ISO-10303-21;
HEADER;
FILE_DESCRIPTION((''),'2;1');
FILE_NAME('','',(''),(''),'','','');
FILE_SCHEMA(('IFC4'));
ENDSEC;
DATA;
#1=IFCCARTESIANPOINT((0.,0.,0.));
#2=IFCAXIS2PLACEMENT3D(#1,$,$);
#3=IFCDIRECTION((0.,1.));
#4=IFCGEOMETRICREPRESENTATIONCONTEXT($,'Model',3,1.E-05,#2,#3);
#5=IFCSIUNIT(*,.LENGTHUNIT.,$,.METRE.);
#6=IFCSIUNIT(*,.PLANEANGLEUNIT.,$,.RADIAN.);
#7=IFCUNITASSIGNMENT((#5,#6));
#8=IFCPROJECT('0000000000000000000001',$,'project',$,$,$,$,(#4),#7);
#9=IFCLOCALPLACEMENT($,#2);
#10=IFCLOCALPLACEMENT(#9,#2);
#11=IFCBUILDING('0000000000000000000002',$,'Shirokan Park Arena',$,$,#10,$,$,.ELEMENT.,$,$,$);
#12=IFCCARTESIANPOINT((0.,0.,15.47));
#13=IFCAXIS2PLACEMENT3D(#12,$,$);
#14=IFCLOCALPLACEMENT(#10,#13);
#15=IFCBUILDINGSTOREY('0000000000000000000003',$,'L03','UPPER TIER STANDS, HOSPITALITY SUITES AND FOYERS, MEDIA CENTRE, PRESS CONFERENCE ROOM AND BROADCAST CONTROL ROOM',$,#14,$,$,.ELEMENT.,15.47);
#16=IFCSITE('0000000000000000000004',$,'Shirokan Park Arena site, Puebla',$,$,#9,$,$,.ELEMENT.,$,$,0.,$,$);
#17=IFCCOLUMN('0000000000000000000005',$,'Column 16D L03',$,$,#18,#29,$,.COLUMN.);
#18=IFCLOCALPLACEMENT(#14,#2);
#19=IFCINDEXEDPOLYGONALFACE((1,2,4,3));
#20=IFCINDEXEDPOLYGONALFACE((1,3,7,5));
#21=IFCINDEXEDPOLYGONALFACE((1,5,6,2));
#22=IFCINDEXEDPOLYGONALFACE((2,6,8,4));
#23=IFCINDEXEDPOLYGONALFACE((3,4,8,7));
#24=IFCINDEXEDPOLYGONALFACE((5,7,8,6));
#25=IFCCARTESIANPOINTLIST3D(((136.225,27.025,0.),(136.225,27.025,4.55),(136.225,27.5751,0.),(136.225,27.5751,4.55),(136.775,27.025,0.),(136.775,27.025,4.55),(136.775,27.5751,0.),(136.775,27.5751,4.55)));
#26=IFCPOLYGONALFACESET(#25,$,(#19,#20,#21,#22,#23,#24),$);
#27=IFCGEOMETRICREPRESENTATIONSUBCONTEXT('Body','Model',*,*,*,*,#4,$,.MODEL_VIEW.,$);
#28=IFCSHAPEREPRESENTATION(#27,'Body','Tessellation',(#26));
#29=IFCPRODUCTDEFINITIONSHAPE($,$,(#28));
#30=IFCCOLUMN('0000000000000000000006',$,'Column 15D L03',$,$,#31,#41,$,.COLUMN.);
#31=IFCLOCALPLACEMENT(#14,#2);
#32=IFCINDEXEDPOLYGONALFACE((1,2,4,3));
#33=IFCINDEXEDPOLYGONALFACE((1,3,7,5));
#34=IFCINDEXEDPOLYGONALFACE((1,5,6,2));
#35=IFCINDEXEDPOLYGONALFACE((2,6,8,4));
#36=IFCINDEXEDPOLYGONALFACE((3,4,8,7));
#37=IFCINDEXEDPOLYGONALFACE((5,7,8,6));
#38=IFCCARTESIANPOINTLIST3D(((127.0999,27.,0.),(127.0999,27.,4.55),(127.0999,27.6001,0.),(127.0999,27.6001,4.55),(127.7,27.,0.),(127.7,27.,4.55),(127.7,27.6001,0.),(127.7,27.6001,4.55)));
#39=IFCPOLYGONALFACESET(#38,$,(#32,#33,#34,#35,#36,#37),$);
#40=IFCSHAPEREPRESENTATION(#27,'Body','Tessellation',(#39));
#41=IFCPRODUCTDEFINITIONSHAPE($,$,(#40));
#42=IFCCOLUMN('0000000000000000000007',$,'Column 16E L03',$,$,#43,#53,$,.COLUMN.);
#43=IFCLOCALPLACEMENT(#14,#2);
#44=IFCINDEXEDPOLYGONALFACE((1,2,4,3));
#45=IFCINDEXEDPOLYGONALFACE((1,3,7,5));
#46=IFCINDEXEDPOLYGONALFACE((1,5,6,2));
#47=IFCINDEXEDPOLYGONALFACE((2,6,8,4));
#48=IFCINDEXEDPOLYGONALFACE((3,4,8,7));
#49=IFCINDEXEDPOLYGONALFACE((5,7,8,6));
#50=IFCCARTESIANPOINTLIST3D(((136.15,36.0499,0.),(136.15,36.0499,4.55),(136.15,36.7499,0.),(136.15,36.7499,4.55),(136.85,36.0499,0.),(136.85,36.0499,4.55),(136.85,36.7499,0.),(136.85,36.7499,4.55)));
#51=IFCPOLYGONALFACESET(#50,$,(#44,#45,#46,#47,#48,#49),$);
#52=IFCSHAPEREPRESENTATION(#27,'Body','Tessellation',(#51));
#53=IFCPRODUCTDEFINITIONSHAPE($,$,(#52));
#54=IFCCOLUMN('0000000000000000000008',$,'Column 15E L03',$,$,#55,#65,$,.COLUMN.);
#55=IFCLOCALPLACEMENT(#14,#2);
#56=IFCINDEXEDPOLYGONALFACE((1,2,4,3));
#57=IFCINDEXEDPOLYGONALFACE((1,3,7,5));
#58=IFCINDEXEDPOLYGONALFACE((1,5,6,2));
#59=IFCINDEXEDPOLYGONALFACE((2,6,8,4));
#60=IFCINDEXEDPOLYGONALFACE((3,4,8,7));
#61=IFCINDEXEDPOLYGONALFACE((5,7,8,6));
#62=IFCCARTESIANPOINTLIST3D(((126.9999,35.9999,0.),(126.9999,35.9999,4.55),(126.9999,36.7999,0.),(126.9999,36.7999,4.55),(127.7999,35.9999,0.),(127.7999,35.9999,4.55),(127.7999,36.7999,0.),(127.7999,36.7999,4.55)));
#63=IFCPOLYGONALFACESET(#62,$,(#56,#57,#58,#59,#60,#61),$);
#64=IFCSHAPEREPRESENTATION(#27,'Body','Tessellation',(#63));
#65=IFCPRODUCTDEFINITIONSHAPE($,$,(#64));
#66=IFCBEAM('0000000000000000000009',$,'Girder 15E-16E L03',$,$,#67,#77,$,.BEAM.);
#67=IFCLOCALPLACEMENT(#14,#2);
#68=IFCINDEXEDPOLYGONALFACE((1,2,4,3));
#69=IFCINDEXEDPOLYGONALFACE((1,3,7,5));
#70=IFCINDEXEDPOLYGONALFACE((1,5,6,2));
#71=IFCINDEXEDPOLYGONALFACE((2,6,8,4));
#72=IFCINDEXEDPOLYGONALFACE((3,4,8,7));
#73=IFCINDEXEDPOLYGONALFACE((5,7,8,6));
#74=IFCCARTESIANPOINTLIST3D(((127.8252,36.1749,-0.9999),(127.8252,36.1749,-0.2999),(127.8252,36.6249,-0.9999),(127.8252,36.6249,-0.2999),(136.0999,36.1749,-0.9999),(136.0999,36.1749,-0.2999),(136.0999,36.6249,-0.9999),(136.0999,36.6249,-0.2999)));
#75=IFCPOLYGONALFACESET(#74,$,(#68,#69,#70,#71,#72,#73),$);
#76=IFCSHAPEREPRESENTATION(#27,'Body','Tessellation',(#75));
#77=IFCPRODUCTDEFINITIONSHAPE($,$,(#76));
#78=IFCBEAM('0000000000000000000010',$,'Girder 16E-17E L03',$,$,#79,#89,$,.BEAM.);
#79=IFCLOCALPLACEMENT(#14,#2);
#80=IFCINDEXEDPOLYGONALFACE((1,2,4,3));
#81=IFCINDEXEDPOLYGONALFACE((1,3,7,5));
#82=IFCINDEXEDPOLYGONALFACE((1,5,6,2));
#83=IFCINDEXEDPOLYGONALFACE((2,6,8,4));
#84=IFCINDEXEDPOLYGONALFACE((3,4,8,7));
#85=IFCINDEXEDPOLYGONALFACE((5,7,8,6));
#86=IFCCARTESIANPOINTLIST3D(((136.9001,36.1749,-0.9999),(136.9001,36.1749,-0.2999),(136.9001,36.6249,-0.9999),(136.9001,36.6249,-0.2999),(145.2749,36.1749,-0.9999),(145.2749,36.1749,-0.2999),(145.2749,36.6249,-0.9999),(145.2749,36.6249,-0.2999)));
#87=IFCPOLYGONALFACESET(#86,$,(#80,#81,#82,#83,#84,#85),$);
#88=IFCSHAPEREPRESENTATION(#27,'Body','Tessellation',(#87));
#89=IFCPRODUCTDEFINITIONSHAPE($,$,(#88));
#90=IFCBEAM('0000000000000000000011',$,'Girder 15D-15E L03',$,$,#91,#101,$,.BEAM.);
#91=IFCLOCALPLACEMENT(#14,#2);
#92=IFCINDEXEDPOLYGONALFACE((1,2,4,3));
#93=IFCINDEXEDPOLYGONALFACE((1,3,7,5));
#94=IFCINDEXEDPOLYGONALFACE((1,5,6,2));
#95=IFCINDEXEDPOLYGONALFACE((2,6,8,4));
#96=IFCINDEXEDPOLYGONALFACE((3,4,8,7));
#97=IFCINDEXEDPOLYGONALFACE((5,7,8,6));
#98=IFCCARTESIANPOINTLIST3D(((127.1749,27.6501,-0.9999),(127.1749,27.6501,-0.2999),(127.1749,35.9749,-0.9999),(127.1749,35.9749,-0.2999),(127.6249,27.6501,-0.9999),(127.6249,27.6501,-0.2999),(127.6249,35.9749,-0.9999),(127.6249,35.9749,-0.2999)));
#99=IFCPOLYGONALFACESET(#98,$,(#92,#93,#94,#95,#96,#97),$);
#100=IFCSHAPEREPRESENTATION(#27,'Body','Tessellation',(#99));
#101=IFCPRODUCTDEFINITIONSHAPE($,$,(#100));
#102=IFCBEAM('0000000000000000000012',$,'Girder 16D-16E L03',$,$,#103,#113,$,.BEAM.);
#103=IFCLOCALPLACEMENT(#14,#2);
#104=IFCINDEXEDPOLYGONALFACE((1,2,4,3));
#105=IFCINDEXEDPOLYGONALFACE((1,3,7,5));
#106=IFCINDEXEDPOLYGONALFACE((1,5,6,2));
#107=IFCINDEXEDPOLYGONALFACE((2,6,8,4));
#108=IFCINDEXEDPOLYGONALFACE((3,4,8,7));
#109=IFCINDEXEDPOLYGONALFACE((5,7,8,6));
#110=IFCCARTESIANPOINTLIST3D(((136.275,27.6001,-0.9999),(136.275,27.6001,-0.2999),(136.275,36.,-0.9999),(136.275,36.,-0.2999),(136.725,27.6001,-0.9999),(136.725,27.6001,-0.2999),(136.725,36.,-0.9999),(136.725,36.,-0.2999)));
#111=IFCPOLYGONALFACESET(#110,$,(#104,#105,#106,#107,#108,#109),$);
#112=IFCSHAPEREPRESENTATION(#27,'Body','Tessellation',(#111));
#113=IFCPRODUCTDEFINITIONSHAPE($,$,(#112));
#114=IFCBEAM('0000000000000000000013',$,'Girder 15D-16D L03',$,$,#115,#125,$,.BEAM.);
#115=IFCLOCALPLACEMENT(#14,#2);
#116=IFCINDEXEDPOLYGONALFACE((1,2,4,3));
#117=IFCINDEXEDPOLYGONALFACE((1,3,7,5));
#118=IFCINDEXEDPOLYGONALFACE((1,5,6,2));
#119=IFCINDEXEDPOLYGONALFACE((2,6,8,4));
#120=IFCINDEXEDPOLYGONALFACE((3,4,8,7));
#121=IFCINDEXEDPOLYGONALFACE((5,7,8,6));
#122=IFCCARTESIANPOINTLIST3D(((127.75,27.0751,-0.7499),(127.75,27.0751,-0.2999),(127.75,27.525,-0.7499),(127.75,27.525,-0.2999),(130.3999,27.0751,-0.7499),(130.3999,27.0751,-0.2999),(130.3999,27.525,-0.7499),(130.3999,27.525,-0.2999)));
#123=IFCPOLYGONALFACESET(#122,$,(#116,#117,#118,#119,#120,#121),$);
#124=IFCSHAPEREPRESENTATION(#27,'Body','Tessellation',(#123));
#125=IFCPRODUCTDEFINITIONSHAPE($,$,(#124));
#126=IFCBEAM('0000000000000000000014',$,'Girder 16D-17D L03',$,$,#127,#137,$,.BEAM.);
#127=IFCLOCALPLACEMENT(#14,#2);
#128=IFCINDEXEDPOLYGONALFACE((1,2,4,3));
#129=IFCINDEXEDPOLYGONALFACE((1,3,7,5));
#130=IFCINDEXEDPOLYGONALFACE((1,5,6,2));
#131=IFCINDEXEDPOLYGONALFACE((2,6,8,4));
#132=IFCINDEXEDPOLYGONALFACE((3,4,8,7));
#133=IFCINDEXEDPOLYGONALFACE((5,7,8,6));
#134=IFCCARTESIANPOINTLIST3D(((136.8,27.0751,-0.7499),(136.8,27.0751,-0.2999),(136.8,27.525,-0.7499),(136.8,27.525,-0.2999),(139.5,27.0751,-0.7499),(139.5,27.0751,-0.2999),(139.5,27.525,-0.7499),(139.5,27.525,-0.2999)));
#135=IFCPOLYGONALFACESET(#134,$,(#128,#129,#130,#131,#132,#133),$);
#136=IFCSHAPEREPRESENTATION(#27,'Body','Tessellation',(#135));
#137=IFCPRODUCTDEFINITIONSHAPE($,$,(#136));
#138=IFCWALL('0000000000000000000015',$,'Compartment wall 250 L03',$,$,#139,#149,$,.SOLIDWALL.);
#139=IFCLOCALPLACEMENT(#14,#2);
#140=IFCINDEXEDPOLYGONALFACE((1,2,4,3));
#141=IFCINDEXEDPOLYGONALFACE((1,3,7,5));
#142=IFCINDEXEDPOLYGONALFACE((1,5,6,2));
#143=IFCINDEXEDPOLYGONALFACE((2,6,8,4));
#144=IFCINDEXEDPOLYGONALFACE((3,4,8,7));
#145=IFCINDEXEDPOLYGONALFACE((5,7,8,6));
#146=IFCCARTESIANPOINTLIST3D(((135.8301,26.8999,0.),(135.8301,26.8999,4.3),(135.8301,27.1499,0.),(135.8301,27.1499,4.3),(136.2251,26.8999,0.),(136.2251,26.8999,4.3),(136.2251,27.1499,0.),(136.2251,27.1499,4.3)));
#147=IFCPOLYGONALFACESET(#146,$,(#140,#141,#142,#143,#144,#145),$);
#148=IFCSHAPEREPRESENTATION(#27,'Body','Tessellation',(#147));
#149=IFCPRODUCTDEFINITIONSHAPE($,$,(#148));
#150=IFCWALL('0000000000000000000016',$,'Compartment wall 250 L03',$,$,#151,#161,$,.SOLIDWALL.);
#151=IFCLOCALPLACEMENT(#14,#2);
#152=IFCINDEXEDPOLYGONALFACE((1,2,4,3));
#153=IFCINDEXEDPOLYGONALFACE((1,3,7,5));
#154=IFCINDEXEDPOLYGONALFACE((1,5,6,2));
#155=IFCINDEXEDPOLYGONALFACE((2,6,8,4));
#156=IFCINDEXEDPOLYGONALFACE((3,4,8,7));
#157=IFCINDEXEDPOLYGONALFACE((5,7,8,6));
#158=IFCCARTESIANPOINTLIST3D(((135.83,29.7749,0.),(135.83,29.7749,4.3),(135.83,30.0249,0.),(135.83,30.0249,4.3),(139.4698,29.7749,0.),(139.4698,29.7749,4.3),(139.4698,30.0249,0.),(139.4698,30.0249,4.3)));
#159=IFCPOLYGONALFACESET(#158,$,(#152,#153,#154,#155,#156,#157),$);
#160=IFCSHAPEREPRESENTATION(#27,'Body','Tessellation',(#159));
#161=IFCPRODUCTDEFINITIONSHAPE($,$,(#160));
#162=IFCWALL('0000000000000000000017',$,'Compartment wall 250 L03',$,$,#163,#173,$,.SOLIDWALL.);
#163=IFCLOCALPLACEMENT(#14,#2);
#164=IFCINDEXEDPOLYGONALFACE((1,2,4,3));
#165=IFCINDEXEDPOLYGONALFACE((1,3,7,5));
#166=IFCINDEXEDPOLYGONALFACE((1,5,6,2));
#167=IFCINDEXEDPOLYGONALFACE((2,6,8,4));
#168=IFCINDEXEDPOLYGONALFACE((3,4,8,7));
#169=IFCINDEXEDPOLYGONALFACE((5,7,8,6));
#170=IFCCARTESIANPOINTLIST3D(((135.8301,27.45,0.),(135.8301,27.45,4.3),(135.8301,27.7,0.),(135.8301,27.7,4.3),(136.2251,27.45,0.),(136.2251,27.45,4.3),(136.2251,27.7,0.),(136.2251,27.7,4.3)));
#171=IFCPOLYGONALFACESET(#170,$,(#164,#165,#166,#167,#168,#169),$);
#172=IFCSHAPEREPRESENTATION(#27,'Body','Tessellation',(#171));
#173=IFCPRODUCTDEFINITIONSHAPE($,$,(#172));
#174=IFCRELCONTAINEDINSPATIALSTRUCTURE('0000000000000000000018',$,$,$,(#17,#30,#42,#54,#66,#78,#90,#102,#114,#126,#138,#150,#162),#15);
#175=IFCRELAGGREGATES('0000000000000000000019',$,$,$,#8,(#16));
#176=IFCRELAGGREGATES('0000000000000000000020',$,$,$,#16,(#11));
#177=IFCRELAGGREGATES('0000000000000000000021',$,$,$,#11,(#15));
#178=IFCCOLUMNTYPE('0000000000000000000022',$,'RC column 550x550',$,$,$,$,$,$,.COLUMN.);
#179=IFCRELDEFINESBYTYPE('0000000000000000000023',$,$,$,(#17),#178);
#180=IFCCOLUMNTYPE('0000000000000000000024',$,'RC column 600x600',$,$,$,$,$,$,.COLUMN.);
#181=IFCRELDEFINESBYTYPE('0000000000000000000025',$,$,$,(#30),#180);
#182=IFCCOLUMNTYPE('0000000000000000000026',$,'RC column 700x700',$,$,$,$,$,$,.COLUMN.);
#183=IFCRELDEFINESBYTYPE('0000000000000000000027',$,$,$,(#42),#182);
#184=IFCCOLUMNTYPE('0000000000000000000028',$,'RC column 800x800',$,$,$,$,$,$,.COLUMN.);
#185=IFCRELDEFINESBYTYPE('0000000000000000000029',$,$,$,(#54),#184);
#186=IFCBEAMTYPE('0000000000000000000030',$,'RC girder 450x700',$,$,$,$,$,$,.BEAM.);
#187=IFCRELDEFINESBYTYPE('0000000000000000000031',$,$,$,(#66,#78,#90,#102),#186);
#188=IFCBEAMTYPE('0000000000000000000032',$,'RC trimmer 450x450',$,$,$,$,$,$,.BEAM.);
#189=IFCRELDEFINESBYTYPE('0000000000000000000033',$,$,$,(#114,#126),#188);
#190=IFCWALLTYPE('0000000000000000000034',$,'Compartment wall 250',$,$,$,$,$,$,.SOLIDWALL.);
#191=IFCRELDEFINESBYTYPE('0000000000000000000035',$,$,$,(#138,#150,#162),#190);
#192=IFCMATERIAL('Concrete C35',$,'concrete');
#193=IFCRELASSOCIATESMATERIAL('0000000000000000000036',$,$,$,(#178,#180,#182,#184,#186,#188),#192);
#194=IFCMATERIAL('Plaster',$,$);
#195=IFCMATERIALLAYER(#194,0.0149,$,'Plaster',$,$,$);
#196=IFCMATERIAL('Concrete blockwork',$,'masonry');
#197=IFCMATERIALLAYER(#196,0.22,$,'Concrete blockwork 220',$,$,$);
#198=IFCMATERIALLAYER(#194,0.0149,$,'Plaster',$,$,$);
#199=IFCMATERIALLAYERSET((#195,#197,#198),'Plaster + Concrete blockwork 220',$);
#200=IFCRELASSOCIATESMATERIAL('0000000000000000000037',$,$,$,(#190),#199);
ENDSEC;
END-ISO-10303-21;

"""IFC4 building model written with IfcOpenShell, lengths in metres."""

from ifc_helpers import new_model, si_unit, direction, frame, frame_2d, origin, origin_2d, place, context, subcontext, project, spatial, rectangle, extrude, material, layer, layer_set, material_profile, profile_set, type_object, element, save


model = new_model("IFC4")

# Units and contexts
model_context = context("Model", 3, precision=1e-05, world=origin(), true_north=direction((0.0, 1.0)))
body_context = subcontext(model_context, "Body", "Model", "MODEL_VIEW")
ifc_project = project(units=[si_unit("LENGTHUNIT", "METRE"), si_unit("PLANEANGLEUNIT", "RADIAN")], contexts=[model_context])

# Site, building, storey
site_placement = place(None, origin())
site = spatial("IfcSite", under=ifc_project, at=site_placement, Name="Shirokan Park Arena site, Puebla", CompositionType="ELEMENT", RefElevation=0.0)
building_placement = place(site_placement, origin())
building = spatial("IfcBuilding", under=site, at=building_placement, Name="Shirokan Park Arena", CompositionType="ELEMENT")
storey_placement = place(building_placement, frame((0.0, 0.0, 15.47)))
storey = spatial("IfcBuildingStorey", under=building, at=storey_placement, Name="L03", Description="UPPER TIER STANDS, HOSPITALITY SUITES AND FOYERS, MEDIA CENTRE, PRESS CONFERENCE ROOM AND BROADCAST CONTROL ROOM", CompositionType="ELEMENT", Elevation=15.47)

# Columns
ifc_material_1 = material(Name="Concrete C35", Category="concrete")
ifc_material_profile_1 = material_profile(ifc_material_1, rectangle(XDim=0.55, YDim=0.55, at=origin_2d()), Name="550x550")
ifc_profile_set_1 = profile_set([ifc_material_profile_1], Name="Concrete C35")
column_type_1 = type_object("IfcColumnType", Name="RC column 550x550", PredefinedType="COLUMN", material=ifc_profile_set_1)
column_1_placement = place(storey_placement, frame((136.5, 27.3, 0.0), z_axis=(0.0, 0.0, 1.0), x_axis=(1.0, 0.0, 0.0)))
element("IfcColumn", 1, at=column_1_placement, inside=storey, type_object=column_type_1, Name="Column 16D L03", PredefinedType="COLUMN", context=body_context, shape_type="SweptSolid", body=[
    extrude(rectangle(XDim=0.55, YDim=0.55, at=origin_2d()), origin(), (0.0, 0.0, 1.0), 4.55),
])
ifc_material_profile_2 = material_profile(ifc_material_1, rectangle(XDim=0.6001, YDim=0.6001, at=origin_2d()), Name="600x600")
ifc_profile_set_2 = profile_set([ifc_material_profile_2], Name="Concrete C35")
column_type_2 = type_object("IfcColumnType", Name="RC column 600x600", PredefinedType="COLUMN", material=ifc_profile_set_2)
column_2_placement = place(storey_placement, frame((127.3999, 27.3, 0.0), z_axis=(0.0, 0.0, 1.0), x_axis=(1.0, 0.0, 0.0)))
element("IfcColumn", 2, at=column_2_placement, inside=storey, type_object=column_type_2, Name="Column 15D L03", PredefinedType="COLUMN", context=body_context, shape_type="SweptSolid", body=[
    extrude(rectangle(XDim=0.6001, YDim=0.6001, at=origin_2d()), origin(), (0.0, 0.0, 1.0), 4.55),
])
ifc_material_profile_3 = material_profile(ifc_material_1, rectangle(XDim=0.7, YDim=0.7, at=origin_2d()), Name="700x700")
ifc_profile_set_3 = profile_set([ifc_material_profile_3], Name="Concrete C35")
column_type_3 = type_object("IfcColumnType", Name="RC column 700x700", PredefinedType="COLUMN", material=ifc_profile_set_3)
column_3_placement = place(storey_placement, frame((136.5, 36.3999, 0.0), z_axis=(0.0, 0.0, 1.0), x_axis=(1.0, 0.0, 0.0)))
element("IfcColumn", 3, at=column_3_placement, inside=storey, type_object=column_type_3, Name="Column 16E L03", PredefinedType="COLUMN", context=body_context, shape_type="SweptSolid", body=[
    extrude(rectangle(XDim=0.7, YDim=0.7, at=origin_2d()), origin(), (0.0, 0.0, 1.0), 4.55),
])
ifc_material_profile_4 = material_profile(ifc_material_1, rectangle(XDim=0.8, YDim=0.8, at=origin_2d()), Name="800x800")
ifc_profile_set_4 = profile_set([ifc_material_profile_4], Name="Concrete C35")
column_type_4 = type_object("IfcColumnType", Name="RC column 800x800", PredefinedType="COLUMN", material=ifc_profile_set_4)
column_4_placement = place(storey_placement, frame((127.3999, 36.3999, 0.0), z_axis=(0.0, 0.0, 1.0), x_axis=(1.0, 0.0, 0.0)))
element("IfcColumn", 4, at=column_4_placement, inside=storey, type_object=column_type_4, Name="Column 15E L03", PredefinedType="COLUMN", context=body_context, shape_type="SweptSolid", body=[
    extrude(rectangle(XDim=0.8, YDim=0.8, at=origin_2d()), origin(), (0.0, 0.0, 1.0), 4.55),
])

# Beams
ifc_material_profile_5 = material_profile(ifc_material_1, rectangle(XDim=0.45, YDim=0.7, at=origin_2d()), Name="450x700")
ifc_profile_set_5 = profile_set([ifc_material_profile_5], Name="Concrete C35")
beam_type_1 = type_object("IfcBeamType", Name="RC girder 450x700", PredefinedType="BEAM", material=ifc_profile_set_5)
beam_1_placement = place(storey_placement, frame((127.8252, 36.3999, -0.6499), z_axis=(1.0, 0.0, 0.0), x_axis=(0.0, 1.0, 0.0)))
element("IfcBeam", 5, at=beam_1_placement, inside=storey, type_object=beam_type_1, Name="Girder 15E-16E L03", PredefinedType="BEAM", context=body_context, shape_type="SweptSolid", body=[
    extrude(rectangle(XDim=0.45, YDim=0.7, at=origin_2d()), origin(), (0.0, 0.0, 1.0), 8.2747),
])
beam_2_placement = place(storey_placement, frame((136.9001, 36.3999, -0.6499), z_axis=(1.0, 0.0, 0.0), x_axis=(0.0, 1.0, 0.0)))
element("IfcBeam", 6, at=beam_2_placement, inside=storey, type_object=beam_type_1, Name="Girder 16E-17E L03", PredefinedType="BEAM", context=body_context, shape_type="SweptSolid", body=[
    extrude(rectangle(XDim=0.45, YDim=0.7, at=origin_2d()), origin(), (0.0, 0.0, 1.0), 8.3748),
])
beam_3_placement = place(storey_placement, frame((127.3999, 27.6501, -0.6499), z_axis=(0.0, 1.0, 0.0), x_axis=(-1.0, 0.0, 0.0)))
element("IfcBeam", 7, at=beam_3_placement, inside=storey, type_object=beam_type_1, Name="Girder 15D-15E L03", PredefinedType="BEAM", context=body_context, shape_type="SweptSolid", body=[
    extrude(rectangle(XDim=0.45, YDim=0.7, at=origin_2d()), origin(), (0.0, 0.0, 1.0), 8.3247),
])
beam_4_placement = place(storey_placement, frame((136.5, 27.6001, -0.6499), z_axis=(0.0, 1.0, 0.0), x_axis=(-1.0, 0.0, 0.0)))
element("IfcBeam", 8, at=beam_4_placement, inside=storey, type_object=beam_type_1, Name="Girder 16D-16E L03", PredefinedType="BEAM", context=body_context, shape_type="SweptSolid", body=[
    extrude(rectangle(XDim=0.45, YDim=0.7, at=origin_2d()), origin(), (0.0, 0.0, 1.0), 8.3999),
])
ifc_material_profile_6 = material_profile(ifc_material_1, rectangle(XDim=0.45, YDim=0.45, at=origin_2d()), Name="450x450")
ifc_profile_set_6 = profile_set([ifc_material_profile_6], Name="Concrete C35")
beam_type_2 = type_object("IfcBeamType", Name="RC trimmer 450x450", PredefinedType="BEAM", material=ifc_profile_set_6)
beam_5_placement = place(storey_placement, frame((127.75, 27.3, -0.5249), z_axis=(1.0, 0.0, 0.0), x_axis=(0.0, 1.0, 0.0)))
element("IfcBeam", 9, at=beam_5_placement, inside=storey, type_object=beam_type_2, Name="Girder 15D-16D L03", PredefinedType="BEAM", context=body_context, shape_type="SweptSolid", body=[
    extrude(rectangle(XDim=0.45, YDim=0.45, at=origin_2d()), origin(), (0.0, 0.0, 1.0), 2.6499),
])
beam_6_placement = place(storey_placement, frame((136.8, 27.3, -0.5249), z_axis=(1.0, 0.0, 0.0), x_axis=(0.0, 1.0, 0.0)))
element("IfcBeam", 10, at=beam_6_placement, inside=storey, type_object=beam_type_2, Name="Girder 16D-17D L03", PredefinedType="BEAM", context=body_context, shape_type="SweptSolid", body=[
    extrude(rectangle(XDim=0.45, YDim=0.45, at=origin_2d()), origin(), (0.0, 0.0, 1.0), 2.7),
])

# Walls
ifc_material_2 = material(Name="Plaster")
ifc_layer_1 = layer(ifc_material_2, 0.0149, Name="Plaster")
ifc_material_3 = material(Name="Concrete blockwork", Category="masonry")
ifc_layer_2 = layer(ifc_material_3, 0.22, Name="Concrete blockwork 220")
ifc_layer_3 = layer(ifc_material_2, 0.0149, Name="Plaster")
ifc_layer_set_1 = layer_set([ifc_layer_1, ifc_layer_2, ifc_layer_3], Name="Plaster + Concrete blockwork 220")
wall_type_1 = type_object("IfcWallType", Name="Compartment wall 250", PredefinedType="SOLIDWALL", material=ifc_layer_set_1)
wall_1_placement = place(storey_placement, frame((135.8301, 27.0249, 0.0), z_axis=(0.0, 0.0, 1.0), x_axis=(1.0, 0.0, 0.0)))
element("IfcWall", 11, at=wall_1_placement, inside=storey, type_object=wall_type_1, Name="Compartment wall 250 L03", PredefinedType="SOLIDWALL", context=body_context, shape_type="SweptSolid", body=[
    extrude(rectangle(XDim=0.395, YDim=0.25, at=frame_2d((0.1975, 0.0))), origin(), (0.0, 0.0, 1.0), 4.3),
])
wall_2_placement = place(storey_placement, frame((135.8301, 29.8999, 0.0), z_axis=(0.0, 0.0, 1.0), x_axis=(1.0, 0.0, 0.0)))
element("IfcWall", 12, at=wall_2_placement, inside=storey, type_object=wall_type_1, Name="Compartment wall 250 L03", PredefinedType="SOLIDWALL", context=body_context, shape_type="SweptSolid", body=[
    extrude(rectangle(XDim=3.6399, YDim=0.25, at=frame_2d((1.8198, 0.0))), origin(), (0.0, 0.0, 1.0), 4.3),
])
wall_3_placement = place(storey_placement, frame((136.2251, 27.575, 0.0), z_axis=(0.0, 0.0, 1.0), x_axis=(-1.0, 0.0, 0.0)))
element("IfcWall", 13, at=wall_3_placement, inside=storey, type_object=wall_type_1, Name="Compartment wall 250 L03", PredefinedType="SOLIDWALL", context=body_context, shape_type="SweptSolid", body=[
    extrude(rectangle(XDim=0.395, YDim=0.25, at=frame_2d((0.1975, 0.0))), origin(), (0.0, 0.0, 1.0), 4.3),
])

save(model, "model.ifc")
